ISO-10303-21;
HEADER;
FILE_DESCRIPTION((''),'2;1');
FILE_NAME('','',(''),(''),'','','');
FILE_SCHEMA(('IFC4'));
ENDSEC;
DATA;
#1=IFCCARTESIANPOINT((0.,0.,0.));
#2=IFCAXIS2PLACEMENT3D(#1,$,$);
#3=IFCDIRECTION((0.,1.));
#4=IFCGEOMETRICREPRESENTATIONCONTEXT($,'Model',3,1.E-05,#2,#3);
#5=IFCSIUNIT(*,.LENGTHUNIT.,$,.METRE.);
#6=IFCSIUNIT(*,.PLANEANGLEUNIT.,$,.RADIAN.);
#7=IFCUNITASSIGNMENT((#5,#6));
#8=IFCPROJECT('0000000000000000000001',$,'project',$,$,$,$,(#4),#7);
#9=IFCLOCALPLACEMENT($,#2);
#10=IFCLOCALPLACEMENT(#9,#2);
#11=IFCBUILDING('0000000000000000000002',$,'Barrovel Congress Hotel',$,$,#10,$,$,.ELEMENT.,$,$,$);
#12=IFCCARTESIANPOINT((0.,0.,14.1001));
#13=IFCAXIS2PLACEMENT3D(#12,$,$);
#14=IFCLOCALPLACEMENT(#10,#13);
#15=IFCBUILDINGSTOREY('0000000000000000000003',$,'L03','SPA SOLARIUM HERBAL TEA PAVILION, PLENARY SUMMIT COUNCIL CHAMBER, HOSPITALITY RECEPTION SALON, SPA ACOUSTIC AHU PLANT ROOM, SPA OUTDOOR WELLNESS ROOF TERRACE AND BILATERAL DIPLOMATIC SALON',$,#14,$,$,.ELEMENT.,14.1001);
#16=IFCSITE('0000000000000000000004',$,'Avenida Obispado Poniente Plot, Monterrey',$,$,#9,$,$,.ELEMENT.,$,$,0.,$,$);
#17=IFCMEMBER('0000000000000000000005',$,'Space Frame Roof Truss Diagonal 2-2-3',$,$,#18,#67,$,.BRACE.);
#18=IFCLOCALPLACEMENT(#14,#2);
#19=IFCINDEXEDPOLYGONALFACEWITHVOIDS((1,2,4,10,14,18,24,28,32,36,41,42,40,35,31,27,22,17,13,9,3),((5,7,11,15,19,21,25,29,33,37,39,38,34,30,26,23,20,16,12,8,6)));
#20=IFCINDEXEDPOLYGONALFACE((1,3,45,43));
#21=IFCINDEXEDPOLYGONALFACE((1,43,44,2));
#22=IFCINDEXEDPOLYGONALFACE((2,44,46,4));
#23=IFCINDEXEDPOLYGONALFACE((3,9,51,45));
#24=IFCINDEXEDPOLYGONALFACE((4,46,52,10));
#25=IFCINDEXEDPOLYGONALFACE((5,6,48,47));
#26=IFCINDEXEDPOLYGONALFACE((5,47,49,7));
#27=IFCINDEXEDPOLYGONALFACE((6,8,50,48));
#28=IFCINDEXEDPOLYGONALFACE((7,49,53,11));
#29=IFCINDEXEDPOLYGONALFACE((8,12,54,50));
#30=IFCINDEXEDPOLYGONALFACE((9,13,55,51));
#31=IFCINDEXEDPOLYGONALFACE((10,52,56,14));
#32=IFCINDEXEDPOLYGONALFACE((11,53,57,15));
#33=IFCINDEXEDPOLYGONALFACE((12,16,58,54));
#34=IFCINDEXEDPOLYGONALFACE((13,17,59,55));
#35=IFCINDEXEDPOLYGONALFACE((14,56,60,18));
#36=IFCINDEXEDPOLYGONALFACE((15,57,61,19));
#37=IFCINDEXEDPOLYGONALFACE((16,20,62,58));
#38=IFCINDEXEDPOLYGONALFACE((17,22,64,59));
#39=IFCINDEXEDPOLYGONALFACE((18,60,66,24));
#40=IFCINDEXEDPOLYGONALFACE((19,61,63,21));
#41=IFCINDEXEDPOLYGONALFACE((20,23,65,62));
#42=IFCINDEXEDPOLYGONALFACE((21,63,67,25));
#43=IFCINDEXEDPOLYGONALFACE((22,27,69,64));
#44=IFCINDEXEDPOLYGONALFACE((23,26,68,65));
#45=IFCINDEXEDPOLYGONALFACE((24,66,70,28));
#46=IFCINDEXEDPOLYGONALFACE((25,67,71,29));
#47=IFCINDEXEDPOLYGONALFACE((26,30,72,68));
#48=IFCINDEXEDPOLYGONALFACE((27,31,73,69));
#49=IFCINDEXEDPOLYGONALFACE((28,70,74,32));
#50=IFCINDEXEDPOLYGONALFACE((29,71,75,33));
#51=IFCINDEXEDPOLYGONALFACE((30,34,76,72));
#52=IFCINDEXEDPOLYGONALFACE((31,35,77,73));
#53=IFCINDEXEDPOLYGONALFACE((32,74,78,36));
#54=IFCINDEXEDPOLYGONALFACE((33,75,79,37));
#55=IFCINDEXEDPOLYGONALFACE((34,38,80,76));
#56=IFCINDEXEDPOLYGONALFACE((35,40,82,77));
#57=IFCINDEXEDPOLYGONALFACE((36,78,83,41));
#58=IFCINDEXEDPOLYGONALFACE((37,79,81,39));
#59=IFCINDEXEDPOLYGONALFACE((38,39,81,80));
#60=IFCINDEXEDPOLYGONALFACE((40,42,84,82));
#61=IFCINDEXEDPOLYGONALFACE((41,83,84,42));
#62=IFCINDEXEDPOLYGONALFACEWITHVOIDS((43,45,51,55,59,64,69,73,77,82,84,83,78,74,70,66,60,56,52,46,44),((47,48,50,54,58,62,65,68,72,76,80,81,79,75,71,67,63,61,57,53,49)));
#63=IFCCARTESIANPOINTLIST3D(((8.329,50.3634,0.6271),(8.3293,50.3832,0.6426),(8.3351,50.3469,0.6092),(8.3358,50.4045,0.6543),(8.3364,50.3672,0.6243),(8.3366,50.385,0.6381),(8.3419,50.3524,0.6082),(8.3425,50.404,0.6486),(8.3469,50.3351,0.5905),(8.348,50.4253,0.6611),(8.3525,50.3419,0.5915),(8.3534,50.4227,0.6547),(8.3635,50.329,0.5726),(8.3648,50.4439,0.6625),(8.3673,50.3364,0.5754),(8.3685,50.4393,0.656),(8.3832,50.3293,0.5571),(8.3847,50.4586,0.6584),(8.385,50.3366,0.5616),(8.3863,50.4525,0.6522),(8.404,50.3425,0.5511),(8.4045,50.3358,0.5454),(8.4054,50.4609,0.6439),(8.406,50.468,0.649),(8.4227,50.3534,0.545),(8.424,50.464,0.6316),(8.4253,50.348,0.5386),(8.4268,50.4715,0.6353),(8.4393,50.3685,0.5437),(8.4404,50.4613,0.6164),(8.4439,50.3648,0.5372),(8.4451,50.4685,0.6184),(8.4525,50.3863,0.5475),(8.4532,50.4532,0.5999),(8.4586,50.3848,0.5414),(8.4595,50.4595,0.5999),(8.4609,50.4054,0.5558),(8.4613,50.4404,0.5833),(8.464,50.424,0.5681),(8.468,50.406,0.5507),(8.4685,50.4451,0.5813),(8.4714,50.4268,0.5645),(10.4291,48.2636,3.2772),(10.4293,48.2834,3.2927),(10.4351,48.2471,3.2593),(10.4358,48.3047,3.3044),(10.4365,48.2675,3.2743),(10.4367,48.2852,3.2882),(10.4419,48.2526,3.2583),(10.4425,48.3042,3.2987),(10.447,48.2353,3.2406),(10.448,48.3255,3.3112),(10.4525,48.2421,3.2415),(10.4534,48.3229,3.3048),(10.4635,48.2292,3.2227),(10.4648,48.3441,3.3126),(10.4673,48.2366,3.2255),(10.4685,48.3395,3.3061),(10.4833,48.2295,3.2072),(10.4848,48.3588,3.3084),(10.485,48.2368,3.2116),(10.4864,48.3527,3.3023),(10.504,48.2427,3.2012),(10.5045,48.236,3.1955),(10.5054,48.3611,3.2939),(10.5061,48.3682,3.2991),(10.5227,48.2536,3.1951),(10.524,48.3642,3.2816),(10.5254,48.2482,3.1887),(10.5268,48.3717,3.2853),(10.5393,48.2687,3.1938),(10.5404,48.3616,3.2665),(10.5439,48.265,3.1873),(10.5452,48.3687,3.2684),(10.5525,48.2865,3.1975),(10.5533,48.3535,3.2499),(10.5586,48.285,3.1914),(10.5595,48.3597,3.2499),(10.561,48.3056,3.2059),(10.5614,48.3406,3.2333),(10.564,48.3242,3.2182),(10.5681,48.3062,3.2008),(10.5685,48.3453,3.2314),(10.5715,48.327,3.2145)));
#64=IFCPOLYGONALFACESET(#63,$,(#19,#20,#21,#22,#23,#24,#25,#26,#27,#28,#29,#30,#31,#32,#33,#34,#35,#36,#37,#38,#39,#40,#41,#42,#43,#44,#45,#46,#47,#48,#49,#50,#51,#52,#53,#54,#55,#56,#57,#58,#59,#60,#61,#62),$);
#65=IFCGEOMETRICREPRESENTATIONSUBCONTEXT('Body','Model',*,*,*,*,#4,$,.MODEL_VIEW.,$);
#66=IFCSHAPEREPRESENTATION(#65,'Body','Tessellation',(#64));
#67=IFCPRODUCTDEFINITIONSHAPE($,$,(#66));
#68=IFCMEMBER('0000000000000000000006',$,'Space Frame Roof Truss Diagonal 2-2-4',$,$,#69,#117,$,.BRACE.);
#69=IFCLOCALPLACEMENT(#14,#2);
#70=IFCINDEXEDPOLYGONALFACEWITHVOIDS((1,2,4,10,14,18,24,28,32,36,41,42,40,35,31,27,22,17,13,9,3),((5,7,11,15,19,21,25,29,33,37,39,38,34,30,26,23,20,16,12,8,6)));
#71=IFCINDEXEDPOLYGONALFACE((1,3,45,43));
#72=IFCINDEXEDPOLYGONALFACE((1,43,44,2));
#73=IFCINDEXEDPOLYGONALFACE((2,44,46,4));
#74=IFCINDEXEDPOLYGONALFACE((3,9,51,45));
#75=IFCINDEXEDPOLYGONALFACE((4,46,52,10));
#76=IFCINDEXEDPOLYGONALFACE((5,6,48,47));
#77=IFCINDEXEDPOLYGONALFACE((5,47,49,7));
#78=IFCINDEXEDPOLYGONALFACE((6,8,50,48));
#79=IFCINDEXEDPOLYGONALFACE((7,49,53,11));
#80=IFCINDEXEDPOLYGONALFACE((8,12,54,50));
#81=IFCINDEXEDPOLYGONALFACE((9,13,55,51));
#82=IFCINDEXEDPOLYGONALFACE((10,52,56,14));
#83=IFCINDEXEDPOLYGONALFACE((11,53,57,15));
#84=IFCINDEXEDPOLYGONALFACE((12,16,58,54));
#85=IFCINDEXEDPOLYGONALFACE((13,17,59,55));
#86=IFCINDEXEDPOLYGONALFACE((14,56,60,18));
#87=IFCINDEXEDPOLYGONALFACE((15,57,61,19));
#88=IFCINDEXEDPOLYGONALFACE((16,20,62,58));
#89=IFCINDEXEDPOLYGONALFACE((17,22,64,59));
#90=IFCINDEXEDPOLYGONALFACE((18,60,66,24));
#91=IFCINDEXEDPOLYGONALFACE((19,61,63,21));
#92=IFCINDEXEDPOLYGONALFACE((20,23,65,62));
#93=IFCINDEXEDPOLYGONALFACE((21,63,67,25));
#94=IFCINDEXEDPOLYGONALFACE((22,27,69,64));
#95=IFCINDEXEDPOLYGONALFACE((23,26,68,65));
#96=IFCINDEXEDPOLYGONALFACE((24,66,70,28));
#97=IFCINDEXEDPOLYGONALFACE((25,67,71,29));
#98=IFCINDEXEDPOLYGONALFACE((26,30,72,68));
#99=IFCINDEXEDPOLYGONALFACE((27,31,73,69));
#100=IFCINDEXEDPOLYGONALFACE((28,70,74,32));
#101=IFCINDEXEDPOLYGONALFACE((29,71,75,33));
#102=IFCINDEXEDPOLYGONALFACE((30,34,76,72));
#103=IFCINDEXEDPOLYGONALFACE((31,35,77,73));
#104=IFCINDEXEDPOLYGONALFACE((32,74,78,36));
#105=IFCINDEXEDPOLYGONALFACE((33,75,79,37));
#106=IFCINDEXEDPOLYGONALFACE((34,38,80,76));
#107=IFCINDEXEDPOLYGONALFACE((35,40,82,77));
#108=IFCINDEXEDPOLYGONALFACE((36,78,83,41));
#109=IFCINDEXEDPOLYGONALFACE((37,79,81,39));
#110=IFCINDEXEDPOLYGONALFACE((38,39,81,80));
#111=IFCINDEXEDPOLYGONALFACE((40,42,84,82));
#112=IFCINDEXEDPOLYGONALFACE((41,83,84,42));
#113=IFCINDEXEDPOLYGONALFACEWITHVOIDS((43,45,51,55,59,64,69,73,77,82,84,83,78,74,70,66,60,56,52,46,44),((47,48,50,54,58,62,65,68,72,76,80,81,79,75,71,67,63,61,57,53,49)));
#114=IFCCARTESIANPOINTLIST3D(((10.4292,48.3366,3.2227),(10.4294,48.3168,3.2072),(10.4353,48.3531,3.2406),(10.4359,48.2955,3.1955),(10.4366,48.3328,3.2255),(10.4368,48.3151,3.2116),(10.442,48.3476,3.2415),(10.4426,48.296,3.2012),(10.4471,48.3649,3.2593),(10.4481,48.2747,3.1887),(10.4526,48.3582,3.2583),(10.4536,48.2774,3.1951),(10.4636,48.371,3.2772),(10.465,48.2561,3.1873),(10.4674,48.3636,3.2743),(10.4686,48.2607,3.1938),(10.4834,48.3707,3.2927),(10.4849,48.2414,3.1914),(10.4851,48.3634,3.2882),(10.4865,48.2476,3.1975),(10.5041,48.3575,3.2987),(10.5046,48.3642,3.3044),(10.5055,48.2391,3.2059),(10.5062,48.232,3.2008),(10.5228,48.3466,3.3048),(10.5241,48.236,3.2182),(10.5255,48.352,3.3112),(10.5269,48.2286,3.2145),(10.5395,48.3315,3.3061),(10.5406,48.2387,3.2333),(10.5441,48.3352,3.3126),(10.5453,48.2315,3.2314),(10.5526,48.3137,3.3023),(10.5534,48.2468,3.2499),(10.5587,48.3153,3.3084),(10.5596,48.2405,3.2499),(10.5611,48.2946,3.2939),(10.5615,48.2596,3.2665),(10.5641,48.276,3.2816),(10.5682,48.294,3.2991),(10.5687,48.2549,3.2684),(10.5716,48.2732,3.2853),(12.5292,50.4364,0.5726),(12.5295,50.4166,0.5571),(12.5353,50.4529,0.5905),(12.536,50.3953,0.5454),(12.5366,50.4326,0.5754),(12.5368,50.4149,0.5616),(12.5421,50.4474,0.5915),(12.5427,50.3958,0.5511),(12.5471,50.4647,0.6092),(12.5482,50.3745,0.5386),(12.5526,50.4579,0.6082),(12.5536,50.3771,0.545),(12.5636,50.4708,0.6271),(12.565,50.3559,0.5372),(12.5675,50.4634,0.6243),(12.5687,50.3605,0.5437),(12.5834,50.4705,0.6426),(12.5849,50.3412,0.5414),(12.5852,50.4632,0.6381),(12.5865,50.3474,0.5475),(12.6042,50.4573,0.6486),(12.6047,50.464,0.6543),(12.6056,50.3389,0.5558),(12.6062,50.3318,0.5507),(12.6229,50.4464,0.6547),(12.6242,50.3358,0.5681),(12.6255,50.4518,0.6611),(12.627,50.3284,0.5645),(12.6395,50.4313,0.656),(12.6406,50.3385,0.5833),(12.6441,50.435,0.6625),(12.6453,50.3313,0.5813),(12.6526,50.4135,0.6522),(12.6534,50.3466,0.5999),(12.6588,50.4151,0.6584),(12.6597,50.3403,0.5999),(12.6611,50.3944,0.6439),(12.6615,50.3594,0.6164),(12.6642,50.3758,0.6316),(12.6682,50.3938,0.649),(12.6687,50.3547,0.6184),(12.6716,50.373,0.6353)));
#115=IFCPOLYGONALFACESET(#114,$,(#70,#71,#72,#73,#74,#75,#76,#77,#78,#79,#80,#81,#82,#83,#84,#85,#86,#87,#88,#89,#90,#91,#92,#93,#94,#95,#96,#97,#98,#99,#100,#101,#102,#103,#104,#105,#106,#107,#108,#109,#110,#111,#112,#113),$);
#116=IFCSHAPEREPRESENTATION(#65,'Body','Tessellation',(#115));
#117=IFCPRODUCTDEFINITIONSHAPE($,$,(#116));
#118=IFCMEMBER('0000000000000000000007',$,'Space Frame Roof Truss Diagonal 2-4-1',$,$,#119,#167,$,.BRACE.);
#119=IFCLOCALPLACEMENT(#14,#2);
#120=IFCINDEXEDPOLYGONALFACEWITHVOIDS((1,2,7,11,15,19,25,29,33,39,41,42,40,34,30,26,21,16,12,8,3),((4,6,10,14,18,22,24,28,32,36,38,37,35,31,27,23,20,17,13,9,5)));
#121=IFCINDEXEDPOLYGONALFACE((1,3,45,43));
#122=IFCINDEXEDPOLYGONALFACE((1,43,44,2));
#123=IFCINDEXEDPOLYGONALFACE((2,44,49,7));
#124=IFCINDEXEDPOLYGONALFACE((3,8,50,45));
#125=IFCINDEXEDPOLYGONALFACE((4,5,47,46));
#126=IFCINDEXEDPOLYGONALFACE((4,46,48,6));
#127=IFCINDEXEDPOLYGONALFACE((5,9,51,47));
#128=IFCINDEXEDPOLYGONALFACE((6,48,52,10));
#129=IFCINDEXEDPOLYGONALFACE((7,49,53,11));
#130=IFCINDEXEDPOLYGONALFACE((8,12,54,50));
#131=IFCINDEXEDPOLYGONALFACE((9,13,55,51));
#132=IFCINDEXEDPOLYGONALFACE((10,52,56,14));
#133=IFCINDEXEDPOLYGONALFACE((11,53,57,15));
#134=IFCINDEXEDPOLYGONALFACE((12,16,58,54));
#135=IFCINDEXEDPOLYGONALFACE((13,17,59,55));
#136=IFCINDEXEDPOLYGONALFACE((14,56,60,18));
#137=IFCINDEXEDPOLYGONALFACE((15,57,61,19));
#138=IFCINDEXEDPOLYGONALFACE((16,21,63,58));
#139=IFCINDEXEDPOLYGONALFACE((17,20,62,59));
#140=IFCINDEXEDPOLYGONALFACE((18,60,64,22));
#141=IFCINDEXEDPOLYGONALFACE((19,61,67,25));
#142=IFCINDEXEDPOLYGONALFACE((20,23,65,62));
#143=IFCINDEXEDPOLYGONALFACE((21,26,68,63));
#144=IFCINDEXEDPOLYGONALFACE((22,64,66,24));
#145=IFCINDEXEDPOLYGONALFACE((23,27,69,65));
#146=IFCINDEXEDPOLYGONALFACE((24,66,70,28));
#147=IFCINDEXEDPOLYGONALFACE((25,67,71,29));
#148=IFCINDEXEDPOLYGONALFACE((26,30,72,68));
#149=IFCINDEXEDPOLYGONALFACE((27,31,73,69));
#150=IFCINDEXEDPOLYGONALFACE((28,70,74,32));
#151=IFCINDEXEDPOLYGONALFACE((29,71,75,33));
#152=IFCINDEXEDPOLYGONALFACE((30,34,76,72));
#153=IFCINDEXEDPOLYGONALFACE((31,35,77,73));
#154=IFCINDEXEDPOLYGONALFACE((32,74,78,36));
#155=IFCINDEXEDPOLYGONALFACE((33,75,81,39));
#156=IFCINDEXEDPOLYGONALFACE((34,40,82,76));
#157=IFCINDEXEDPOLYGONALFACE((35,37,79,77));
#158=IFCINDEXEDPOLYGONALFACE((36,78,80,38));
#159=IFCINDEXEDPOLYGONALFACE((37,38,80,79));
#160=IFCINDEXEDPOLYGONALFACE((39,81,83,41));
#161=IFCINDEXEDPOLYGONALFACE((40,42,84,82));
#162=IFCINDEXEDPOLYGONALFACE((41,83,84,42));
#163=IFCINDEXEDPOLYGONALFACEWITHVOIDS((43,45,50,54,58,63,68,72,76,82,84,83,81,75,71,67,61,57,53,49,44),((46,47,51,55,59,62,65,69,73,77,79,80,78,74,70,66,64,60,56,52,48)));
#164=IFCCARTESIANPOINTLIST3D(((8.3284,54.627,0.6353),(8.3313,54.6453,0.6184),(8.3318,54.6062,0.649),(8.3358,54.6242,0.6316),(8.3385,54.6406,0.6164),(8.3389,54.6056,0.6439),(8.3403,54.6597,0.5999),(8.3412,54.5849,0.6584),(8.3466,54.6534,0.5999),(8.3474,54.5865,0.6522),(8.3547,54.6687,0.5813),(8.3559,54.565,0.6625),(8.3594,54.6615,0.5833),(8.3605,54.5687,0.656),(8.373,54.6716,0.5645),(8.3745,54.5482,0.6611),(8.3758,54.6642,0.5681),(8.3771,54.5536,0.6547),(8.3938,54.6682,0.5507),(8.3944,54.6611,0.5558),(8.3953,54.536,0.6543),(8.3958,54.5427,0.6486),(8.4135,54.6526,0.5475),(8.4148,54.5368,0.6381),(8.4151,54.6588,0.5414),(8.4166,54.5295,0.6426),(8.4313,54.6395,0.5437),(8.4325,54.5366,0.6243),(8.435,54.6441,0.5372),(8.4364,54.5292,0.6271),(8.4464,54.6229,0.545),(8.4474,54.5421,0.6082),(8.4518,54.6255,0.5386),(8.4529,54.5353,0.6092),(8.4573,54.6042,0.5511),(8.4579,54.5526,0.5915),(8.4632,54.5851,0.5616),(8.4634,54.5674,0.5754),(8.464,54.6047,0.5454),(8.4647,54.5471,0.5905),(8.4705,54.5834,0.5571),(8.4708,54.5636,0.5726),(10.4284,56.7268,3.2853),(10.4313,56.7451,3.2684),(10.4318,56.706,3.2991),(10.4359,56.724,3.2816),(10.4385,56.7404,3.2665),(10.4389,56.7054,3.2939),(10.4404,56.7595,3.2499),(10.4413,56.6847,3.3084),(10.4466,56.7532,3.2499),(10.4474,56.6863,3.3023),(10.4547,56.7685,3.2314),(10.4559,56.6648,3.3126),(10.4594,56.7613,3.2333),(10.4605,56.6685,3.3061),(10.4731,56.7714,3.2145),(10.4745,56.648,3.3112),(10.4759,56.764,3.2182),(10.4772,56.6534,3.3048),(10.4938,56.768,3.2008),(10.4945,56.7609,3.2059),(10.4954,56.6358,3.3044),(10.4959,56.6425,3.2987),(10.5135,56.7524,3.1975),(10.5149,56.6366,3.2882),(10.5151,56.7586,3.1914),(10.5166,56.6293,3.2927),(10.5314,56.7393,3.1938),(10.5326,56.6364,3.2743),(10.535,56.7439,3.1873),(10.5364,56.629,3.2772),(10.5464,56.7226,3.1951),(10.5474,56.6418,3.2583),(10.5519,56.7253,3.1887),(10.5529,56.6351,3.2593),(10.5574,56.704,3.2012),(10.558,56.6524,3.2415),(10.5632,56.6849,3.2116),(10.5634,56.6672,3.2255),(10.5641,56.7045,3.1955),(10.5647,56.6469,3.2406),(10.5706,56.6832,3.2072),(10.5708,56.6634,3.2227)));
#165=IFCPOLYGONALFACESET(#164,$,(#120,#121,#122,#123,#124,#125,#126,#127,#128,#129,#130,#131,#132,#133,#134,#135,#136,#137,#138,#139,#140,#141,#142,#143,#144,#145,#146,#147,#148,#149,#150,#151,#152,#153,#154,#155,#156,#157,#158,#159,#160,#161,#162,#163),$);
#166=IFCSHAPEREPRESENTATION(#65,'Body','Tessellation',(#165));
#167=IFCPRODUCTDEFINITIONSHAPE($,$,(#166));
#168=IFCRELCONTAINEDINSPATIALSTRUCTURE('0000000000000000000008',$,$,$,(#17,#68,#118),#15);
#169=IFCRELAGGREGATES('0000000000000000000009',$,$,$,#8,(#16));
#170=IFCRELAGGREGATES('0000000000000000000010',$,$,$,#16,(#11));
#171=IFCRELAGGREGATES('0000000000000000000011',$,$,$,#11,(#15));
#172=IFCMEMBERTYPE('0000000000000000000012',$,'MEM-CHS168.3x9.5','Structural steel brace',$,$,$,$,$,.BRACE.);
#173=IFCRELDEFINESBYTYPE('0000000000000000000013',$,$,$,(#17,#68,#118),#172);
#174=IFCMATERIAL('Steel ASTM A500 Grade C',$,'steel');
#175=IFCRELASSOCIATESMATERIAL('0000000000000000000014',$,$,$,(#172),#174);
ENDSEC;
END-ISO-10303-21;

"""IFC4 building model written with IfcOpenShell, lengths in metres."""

from ifc_helpers import new_model, si_unit, direction, frame, origin, origin_2d, place, context, subcontext, project, spatial, hollow_circle, extrude, material, material_profile, profile_set, type_object, element, save


model = new_model("IFC4")

# Units and contexts
model_context = context("Model", 3, precision=1e-05, world=origin(), true_north=direction((0.0, 1.0)))
body_context = subcontext(model_context, "Body", "Model", "MODEL_VIEW")
ifc_project = project(units=[si_unit("LENGTHUNIT", "METRE"), si_unit("PLANEANGLEUNIT", "RADIAN")], contexts=[model_context])

# Site, building, storey
site_placement = place(None, origin())
site = spatial("IfcSite", under=ifc_project, at=site_placement, Name="Avenida Obispado Poniente Plot, Monterrey", CompositionType="ELEMENT", RefElevation=0.0)
building_placement = place(site_placement, origin())
building = spatial("IfcBuilding", under=site, at=building_placement, Name="Barrovel Congress Hotel", CompositionType="ELEMENT")
storey_placement = place(building_placement, frame((0.0, 0.0, 14.1001)))
storey = spatial("IfcBuildingStorey", under=building, at=storey_placement, Name="L03", Description="SPA SOLARIUM HERBAL TEA PAVILION, PLENARY SUMMIT COUNCIL CHAMBER, HOSPITALITY RECEPTION SALON, SPA ACOUSTIC AHU PLANT ROOM, SPA OUTDOOR WELLNESS ROOF TERRACE AND BILATERAL DIPLOMATIC SALON", CompositionType="ELEMENT", Elevation=14.1001)

# Members
ifc_material_1 = material(Name="Steel ASTM A500 Grade C", Category="steel")
ifc_material_profile_1 = material_profile(ifc_material_1, hollow_circle(Radius=0.0842, WallThickness=0.0088, at=origin_2d()), Name="CHS168.3x9.5")
ifc_profile_set_1 = profile_set([ifc_material_profile_1], Name="Steel ASTM A500 Grade C")
member_type_1 = type_object("IfcMemberType", Name="MEM-CHS168.3x9.5", Description="Structural steel brace", PredefinedType="BRACE", material=ifc_profile_set_1)
for number, where, z_axis, x_axis, name in (
    (1, (8.3999, 50.3999, 0.5999), (0.527618, -0.527557, 0.66581), (0.707066, 0.707148, 0.0), "Space Frame Roof Truss Diagonal 2-2-3"),
    (2, (12.6001, 50.3999, 0.5999), (-0.527618, -0.527557, 0.66581), (0.707066, -0.707148, 0.0), "Space Frame Roof Truss Diagonal 2-2-4"),
    (3, (8.3999, 54.6001, 0.5999), (0.527618, 0.527557, 0.66581), (-0.707066, 0.707148, 0.0), "Space Frame Roof Truss Diagonal 2-4-1"),
):
    element("IfcMember", number, at=place(storey_placement, frame(where, z_axis=z_axis, x_axis=x_axis)), inside=storey, type_object=member_type_1, Name=name, PredefinedType="BRACE", context=body_context, shape_type="SweptSolid", body=[
        extrude(hollow_circle(Radius=0.0842, WallThickness=0.0088, at=origin_2d()), origin(), (0.0, 0.0, 1.0), 3.9802),
    ])

save(model, "model.ifc")
